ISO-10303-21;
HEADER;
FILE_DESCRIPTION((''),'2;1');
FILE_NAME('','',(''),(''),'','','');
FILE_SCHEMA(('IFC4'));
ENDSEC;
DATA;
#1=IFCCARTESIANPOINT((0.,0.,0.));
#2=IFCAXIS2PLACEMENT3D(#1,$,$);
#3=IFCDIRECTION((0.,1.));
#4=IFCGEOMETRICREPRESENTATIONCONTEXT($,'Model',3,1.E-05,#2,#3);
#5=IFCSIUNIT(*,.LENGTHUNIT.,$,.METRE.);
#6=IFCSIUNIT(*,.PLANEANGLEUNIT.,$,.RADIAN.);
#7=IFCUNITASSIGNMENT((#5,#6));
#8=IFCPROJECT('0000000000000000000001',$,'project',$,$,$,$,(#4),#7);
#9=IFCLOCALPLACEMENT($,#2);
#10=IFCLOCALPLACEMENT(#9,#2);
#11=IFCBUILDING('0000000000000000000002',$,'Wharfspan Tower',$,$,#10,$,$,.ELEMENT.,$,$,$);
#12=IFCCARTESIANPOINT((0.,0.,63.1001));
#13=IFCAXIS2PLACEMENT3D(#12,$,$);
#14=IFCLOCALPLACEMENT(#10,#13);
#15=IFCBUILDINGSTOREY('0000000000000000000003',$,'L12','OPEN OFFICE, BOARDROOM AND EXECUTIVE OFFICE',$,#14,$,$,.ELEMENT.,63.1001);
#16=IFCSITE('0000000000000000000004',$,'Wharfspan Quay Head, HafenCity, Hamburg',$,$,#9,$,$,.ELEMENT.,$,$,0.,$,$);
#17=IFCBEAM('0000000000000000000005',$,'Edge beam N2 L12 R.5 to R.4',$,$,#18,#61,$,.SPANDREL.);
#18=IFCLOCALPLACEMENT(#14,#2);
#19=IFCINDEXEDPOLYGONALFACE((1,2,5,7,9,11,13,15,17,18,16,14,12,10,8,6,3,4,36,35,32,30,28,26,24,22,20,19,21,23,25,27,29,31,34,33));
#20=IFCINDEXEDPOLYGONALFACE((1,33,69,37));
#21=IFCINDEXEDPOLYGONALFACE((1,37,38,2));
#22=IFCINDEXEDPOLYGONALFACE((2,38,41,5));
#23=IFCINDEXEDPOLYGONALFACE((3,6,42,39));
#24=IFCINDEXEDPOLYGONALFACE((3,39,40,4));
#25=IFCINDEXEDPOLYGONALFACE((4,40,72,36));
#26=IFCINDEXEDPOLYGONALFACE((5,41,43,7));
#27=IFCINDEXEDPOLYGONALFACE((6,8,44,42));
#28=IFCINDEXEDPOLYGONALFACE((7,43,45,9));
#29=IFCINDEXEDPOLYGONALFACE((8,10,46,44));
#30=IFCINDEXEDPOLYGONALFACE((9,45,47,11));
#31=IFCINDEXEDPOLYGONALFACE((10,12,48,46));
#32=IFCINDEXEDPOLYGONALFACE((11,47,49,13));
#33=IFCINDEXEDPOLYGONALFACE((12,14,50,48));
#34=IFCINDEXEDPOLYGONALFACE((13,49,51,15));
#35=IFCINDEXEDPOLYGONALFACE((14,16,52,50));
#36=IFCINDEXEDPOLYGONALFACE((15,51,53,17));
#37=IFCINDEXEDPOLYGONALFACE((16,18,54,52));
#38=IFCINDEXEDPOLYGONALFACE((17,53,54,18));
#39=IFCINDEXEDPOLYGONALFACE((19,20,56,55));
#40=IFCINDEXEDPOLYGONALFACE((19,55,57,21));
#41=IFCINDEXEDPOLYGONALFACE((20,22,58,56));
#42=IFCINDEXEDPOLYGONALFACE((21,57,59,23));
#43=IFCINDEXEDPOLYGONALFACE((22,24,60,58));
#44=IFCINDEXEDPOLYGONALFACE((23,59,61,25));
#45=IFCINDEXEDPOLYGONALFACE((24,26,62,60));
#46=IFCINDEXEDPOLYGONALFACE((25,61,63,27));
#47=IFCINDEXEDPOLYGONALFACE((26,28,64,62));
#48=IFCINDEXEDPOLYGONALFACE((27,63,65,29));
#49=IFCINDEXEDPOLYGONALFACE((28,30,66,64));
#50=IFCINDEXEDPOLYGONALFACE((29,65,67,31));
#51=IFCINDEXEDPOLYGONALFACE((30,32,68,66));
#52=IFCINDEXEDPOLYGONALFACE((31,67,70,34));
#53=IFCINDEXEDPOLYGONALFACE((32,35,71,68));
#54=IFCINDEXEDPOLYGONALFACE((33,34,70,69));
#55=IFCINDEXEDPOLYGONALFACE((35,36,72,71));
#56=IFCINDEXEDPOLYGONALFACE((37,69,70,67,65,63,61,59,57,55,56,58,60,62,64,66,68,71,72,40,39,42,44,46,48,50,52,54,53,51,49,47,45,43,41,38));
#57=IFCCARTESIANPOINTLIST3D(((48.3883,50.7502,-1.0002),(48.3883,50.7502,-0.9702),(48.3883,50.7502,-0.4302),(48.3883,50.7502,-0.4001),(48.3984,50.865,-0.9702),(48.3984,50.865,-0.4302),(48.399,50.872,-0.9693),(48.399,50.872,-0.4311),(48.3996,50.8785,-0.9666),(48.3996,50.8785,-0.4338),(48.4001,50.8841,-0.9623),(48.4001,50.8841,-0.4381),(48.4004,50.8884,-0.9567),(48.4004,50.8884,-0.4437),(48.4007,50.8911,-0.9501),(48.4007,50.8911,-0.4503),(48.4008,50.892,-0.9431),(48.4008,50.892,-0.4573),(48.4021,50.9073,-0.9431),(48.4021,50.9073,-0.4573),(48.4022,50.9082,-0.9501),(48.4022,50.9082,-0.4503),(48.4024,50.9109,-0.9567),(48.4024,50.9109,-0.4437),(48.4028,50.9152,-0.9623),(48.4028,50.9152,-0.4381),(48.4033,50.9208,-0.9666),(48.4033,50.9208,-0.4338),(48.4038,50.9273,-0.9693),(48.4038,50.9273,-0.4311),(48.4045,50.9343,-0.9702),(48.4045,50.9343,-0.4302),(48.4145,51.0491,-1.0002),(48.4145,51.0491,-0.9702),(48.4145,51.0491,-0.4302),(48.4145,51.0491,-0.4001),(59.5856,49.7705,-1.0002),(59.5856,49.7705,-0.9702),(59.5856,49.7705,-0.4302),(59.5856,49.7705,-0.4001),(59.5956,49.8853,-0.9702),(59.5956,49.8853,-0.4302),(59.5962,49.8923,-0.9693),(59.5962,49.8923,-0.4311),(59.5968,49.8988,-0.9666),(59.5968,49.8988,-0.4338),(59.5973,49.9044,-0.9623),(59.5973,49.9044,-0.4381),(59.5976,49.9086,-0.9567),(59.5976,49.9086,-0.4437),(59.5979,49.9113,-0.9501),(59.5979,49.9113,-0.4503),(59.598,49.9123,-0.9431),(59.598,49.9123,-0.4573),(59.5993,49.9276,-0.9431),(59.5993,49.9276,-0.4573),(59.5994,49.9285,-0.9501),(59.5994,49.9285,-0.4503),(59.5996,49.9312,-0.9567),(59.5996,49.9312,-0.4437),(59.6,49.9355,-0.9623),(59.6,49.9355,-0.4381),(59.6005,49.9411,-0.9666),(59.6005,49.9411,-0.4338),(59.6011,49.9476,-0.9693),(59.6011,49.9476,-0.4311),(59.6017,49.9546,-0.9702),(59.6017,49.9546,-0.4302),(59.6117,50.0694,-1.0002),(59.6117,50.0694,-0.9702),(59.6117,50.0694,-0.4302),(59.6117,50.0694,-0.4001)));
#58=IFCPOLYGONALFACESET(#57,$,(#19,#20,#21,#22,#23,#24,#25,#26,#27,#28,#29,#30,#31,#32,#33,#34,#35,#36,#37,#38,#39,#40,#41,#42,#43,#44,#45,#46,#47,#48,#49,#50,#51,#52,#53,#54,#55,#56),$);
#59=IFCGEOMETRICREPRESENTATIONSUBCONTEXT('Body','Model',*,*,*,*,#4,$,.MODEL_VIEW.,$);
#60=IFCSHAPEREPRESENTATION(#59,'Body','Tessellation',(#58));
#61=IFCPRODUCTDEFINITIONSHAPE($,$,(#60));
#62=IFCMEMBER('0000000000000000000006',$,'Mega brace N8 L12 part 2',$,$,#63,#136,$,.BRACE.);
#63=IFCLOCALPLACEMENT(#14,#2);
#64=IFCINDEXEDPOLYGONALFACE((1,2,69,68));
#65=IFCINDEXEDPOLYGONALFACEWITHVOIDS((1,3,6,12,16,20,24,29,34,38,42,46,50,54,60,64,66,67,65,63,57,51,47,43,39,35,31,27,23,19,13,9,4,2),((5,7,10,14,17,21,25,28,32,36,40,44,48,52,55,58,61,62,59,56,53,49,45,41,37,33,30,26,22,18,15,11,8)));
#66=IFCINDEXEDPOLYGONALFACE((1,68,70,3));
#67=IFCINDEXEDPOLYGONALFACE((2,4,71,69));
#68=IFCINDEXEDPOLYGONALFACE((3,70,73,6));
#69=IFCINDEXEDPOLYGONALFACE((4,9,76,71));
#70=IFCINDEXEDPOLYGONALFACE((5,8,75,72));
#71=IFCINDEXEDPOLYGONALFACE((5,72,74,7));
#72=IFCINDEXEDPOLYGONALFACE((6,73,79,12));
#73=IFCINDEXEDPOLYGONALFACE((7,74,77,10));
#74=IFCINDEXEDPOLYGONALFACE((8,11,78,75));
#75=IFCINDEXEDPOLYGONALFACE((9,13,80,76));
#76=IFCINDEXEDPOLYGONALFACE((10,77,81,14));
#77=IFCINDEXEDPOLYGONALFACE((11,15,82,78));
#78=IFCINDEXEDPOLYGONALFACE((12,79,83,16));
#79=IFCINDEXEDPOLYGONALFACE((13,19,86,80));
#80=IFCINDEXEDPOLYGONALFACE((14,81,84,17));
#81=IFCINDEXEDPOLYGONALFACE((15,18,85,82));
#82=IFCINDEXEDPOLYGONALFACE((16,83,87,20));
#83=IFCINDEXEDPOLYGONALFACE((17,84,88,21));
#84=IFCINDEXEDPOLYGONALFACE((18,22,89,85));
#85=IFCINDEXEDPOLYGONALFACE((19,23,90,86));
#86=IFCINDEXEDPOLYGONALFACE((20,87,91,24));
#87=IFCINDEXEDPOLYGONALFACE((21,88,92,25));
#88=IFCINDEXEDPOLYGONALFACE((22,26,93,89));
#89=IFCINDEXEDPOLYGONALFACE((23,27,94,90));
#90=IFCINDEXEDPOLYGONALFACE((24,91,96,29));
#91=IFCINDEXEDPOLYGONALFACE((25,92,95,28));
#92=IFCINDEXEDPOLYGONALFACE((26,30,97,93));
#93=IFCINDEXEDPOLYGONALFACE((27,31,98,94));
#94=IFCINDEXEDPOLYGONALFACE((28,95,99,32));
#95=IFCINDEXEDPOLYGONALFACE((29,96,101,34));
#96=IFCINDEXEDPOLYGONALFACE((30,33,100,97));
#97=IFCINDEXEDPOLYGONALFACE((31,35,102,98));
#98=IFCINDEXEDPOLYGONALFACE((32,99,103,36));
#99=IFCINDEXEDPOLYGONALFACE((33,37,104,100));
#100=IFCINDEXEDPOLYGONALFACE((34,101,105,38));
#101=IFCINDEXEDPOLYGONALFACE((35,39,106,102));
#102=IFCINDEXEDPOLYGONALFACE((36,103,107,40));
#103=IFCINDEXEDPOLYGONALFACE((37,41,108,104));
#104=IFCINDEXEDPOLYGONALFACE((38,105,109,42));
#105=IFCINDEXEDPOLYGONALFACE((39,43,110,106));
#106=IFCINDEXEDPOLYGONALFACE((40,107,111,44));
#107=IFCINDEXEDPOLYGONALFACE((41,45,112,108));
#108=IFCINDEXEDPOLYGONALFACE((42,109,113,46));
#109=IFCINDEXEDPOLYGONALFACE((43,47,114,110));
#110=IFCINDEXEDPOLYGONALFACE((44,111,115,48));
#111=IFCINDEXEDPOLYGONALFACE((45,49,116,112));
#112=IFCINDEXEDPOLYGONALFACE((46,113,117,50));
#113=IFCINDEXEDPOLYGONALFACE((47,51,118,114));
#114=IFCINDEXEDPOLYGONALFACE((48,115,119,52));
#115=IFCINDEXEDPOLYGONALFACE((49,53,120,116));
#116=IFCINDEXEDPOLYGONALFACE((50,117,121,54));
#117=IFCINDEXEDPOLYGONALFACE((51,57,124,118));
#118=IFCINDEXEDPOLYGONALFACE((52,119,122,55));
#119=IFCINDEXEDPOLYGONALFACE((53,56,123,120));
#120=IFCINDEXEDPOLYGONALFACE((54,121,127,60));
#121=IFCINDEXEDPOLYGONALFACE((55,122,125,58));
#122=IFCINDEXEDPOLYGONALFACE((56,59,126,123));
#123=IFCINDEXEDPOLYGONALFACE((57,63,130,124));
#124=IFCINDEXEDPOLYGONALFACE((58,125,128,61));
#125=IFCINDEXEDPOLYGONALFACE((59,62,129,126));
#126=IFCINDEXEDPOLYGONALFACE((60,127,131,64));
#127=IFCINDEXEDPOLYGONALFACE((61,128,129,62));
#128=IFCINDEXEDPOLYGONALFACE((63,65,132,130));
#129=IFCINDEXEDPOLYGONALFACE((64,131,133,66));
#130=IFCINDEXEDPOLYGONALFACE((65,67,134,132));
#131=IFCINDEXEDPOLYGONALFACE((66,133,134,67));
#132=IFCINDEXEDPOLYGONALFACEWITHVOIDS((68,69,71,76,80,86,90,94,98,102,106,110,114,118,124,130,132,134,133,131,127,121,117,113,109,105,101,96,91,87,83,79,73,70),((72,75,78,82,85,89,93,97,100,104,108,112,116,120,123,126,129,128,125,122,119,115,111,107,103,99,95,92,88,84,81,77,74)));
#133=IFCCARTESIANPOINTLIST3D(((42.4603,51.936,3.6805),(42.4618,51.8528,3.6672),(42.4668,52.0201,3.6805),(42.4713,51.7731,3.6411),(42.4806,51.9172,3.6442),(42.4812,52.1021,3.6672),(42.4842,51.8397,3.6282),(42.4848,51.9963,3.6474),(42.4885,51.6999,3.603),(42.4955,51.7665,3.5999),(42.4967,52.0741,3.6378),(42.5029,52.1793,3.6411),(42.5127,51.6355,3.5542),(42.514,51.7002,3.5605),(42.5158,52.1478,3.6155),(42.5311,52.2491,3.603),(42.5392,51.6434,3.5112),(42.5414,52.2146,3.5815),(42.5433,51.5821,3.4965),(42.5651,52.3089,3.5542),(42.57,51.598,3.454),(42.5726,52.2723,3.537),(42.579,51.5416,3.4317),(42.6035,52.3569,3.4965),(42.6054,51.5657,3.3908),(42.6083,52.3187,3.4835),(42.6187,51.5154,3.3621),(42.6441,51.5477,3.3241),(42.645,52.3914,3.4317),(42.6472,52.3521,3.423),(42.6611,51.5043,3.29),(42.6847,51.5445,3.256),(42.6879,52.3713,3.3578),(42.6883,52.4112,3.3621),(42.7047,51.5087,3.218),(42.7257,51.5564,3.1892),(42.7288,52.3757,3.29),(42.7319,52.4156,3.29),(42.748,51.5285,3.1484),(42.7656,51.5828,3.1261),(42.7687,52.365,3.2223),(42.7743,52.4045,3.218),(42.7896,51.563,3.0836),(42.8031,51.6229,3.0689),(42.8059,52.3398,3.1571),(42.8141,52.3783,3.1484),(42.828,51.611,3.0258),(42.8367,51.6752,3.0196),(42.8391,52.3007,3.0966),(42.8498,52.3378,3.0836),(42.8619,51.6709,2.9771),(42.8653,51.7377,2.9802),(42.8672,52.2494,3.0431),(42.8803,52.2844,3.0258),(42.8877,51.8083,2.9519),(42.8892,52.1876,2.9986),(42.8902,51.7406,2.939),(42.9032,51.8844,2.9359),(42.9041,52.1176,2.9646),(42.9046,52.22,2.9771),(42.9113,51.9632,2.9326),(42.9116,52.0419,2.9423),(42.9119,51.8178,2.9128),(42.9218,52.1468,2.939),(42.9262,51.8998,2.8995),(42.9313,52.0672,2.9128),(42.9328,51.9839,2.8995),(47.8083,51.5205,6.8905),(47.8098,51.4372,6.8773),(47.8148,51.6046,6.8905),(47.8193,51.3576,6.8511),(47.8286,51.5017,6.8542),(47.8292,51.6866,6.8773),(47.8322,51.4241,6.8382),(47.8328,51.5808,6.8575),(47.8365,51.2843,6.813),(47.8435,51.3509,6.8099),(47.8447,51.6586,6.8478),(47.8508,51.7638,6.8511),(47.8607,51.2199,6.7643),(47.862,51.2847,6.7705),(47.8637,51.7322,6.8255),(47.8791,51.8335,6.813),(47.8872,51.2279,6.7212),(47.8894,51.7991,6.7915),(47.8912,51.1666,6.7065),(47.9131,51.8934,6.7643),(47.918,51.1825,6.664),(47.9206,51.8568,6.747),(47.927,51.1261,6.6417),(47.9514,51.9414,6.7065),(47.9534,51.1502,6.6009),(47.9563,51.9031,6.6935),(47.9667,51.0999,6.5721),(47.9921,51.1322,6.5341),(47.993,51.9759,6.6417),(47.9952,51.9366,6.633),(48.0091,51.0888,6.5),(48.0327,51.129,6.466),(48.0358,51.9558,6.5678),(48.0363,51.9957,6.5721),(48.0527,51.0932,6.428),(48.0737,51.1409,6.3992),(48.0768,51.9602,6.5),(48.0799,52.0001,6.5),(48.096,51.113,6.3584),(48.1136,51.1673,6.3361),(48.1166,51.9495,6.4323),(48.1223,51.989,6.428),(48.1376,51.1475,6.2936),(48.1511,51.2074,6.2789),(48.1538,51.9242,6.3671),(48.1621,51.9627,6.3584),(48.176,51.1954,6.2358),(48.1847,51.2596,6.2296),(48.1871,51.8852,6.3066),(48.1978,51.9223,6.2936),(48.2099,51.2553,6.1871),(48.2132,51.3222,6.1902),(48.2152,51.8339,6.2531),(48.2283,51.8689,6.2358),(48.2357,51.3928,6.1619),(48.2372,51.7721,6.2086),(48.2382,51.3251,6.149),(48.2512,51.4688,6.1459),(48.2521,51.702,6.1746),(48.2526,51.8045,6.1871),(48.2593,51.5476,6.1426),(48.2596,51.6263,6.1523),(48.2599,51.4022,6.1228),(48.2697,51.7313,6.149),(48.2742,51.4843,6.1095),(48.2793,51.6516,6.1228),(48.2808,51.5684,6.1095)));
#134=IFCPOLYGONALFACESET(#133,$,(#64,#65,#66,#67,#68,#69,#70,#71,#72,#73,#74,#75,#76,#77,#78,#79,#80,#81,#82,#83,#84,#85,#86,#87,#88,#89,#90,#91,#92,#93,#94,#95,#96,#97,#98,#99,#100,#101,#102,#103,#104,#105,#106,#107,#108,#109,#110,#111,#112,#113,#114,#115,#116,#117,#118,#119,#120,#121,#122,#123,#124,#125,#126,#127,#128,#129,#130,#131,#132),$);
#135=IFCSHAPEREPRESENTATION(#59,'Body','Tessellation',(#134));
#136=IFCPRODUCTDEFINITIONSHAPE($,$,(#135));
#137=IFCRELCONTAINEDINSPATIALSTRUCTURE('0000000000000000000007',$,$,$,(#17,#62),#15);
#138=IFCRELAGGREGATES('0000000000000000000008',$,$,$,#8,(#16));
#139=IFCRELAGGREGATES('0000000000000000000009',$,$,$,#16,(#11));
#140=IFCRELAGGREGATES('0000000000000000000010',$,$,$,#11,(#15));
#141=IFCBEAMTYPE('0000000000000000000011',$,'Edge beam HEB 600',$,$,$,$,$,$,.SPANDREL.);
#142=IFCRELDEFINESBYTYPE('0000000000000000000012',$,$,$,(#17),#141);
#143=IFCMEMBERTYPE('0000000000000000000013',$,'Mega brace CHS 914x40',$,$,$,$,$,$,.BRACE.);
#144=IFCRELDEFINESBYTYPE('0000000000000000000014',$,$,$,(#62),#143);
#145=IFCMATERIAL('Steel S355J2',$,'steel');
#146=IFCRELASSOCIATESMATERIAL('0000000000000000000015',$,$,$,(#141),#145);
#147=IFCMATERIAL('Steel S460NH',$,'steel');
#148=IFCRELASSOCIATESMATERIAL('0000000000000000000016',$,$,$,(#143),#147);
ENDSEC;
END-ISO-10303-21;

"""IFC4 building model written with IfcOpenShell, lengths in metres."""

from ifc_helpers import new_model, si_unit, direction, frame, origin, origin_2d, place, context, subcontext, project, spatial, hollow_circle, i_section, extrude, material, material_profile, profile_set, type_object, element, save


model = new_model("IFC4")

# Units and contexts
model_context = context("Model", 3, precision=1e-05, world=origin(), true_north=direction((0.0, 1.0)))
body_context = subcontext(model_context, "Body", "Model", "MODEL_VIEW")
ifc_project = project(units=[si_unit("LENGTHUNIT", "METRE"), si_unit("PLANEANGLEUNIT", "RADIAN")], contexts=[model_context])

# Site, building, storey
site_placement = place(None, origin())
site = spatial("IfcSite", under=ifc_project, at=site_placement, Name="Wharfspan Quay Head, HafenCity, Hamburg", CompositionType="ELEMENT", RefElevation=0.0)
building_placement = place(site_placement, origin())
building = spatial("IfcBuilding", under=site, at=building_placement, Name="Wharfspan Tower", CompositionType="ELEMENT")
storey_placement = place(building_placement, frame((0.0, 0.0, 63.1001)))
storey = spatial("IfcBuildingStorey", under=building, at=storey_placement, Name="L12", Description="OPEN OFFICE, BOARDROOM AND EXECUTIVE OFFICE", CompositionType="ELEMENT", Elevation=63.1001)

# Shared definitions
ifc_material_1 = material(Name="Steel S355J2", Category="steel")

# Beam
ifc_material_profile_1 = material_profile(ifc_material_1, i_section(OverallWidth=0.3, OverallDepth=0.6001, WebThickness=0.0154, FlangeThickness=0.03, FilletRadius=0.0271, at=origin_2d()))
ifc_profile_set_1 = profile_set([ifc_material_profile_1], Name="Steel S355J2")
beam_type = type_object("IfcBeamType", Name="Edge beam HEB 600", PredefinedType="SPANDREL", material=ifc_profile_set_1)
beam_placement = place(storey_placement, frame((59.5986, 49.9199, -0.7002), z_axis=(-0.996194, 0.087165, 0.0), x_axis=(-0.087165, -0.996194, 0.0)))
element("IfcBeam", 1, at=beam_placement, inside=storey, type_object=beam_type, Name="Edge beam N2 L12 R.5 to R.4", PredefinedType="SPANDREL", context=body_context, shape_type="SweptSolid", body=[
    extrude(i_section(OverallWidth=0.3, OverallDepth=0.6001, WebThickness=0.0154, FlangeThickness=0.03, FilletRadius=0.0271, at=origin_2d()), origin(), (0.0, 0.0, 1.0), 11.24),
])

# Member
ifc_material_2 = material(Name="Steel S460NH", Category="steel")
ifc_material_profile_2 = material_profile(ifc_material_2, hollow_circle(Radius=0.457, WallThickness=0.04, at=origin_2d()))
ifc_profile_set_2 = profile_set([ifc_material_profile_2], Name="Steel S460NH")
member_type = type_object("IfcMemberType", Name="Mega brace CHS 914x40", PredefinedType="BRACE", material=ifc_profile_set_2)
for number, where, z_axis, x_axis, name in (
    (2, (42.6965, 51.96, 3.29), (0.85551, -0.066472, 0.513501), (0.077467, 0.996995, -0.000003), "Mega brace N8 L12 part 2"),
):
    element("IfcMember", number, at=place(storey_placement, frame(where, z_axis=z_axis, x_axis=x_axis)), inside=storey, type_object=member_type, Name=name, PredefinedType="BRACE", context=body_context, shape_type="SweptSolid", body=[
        extrude(hollow_circle(Radius=0.457, WallThickness=0.04, at=origin_2d()), origin(), (0.0, 0.0, 1.0), 6.2512),
    ])

save(model, "model.ifc")
